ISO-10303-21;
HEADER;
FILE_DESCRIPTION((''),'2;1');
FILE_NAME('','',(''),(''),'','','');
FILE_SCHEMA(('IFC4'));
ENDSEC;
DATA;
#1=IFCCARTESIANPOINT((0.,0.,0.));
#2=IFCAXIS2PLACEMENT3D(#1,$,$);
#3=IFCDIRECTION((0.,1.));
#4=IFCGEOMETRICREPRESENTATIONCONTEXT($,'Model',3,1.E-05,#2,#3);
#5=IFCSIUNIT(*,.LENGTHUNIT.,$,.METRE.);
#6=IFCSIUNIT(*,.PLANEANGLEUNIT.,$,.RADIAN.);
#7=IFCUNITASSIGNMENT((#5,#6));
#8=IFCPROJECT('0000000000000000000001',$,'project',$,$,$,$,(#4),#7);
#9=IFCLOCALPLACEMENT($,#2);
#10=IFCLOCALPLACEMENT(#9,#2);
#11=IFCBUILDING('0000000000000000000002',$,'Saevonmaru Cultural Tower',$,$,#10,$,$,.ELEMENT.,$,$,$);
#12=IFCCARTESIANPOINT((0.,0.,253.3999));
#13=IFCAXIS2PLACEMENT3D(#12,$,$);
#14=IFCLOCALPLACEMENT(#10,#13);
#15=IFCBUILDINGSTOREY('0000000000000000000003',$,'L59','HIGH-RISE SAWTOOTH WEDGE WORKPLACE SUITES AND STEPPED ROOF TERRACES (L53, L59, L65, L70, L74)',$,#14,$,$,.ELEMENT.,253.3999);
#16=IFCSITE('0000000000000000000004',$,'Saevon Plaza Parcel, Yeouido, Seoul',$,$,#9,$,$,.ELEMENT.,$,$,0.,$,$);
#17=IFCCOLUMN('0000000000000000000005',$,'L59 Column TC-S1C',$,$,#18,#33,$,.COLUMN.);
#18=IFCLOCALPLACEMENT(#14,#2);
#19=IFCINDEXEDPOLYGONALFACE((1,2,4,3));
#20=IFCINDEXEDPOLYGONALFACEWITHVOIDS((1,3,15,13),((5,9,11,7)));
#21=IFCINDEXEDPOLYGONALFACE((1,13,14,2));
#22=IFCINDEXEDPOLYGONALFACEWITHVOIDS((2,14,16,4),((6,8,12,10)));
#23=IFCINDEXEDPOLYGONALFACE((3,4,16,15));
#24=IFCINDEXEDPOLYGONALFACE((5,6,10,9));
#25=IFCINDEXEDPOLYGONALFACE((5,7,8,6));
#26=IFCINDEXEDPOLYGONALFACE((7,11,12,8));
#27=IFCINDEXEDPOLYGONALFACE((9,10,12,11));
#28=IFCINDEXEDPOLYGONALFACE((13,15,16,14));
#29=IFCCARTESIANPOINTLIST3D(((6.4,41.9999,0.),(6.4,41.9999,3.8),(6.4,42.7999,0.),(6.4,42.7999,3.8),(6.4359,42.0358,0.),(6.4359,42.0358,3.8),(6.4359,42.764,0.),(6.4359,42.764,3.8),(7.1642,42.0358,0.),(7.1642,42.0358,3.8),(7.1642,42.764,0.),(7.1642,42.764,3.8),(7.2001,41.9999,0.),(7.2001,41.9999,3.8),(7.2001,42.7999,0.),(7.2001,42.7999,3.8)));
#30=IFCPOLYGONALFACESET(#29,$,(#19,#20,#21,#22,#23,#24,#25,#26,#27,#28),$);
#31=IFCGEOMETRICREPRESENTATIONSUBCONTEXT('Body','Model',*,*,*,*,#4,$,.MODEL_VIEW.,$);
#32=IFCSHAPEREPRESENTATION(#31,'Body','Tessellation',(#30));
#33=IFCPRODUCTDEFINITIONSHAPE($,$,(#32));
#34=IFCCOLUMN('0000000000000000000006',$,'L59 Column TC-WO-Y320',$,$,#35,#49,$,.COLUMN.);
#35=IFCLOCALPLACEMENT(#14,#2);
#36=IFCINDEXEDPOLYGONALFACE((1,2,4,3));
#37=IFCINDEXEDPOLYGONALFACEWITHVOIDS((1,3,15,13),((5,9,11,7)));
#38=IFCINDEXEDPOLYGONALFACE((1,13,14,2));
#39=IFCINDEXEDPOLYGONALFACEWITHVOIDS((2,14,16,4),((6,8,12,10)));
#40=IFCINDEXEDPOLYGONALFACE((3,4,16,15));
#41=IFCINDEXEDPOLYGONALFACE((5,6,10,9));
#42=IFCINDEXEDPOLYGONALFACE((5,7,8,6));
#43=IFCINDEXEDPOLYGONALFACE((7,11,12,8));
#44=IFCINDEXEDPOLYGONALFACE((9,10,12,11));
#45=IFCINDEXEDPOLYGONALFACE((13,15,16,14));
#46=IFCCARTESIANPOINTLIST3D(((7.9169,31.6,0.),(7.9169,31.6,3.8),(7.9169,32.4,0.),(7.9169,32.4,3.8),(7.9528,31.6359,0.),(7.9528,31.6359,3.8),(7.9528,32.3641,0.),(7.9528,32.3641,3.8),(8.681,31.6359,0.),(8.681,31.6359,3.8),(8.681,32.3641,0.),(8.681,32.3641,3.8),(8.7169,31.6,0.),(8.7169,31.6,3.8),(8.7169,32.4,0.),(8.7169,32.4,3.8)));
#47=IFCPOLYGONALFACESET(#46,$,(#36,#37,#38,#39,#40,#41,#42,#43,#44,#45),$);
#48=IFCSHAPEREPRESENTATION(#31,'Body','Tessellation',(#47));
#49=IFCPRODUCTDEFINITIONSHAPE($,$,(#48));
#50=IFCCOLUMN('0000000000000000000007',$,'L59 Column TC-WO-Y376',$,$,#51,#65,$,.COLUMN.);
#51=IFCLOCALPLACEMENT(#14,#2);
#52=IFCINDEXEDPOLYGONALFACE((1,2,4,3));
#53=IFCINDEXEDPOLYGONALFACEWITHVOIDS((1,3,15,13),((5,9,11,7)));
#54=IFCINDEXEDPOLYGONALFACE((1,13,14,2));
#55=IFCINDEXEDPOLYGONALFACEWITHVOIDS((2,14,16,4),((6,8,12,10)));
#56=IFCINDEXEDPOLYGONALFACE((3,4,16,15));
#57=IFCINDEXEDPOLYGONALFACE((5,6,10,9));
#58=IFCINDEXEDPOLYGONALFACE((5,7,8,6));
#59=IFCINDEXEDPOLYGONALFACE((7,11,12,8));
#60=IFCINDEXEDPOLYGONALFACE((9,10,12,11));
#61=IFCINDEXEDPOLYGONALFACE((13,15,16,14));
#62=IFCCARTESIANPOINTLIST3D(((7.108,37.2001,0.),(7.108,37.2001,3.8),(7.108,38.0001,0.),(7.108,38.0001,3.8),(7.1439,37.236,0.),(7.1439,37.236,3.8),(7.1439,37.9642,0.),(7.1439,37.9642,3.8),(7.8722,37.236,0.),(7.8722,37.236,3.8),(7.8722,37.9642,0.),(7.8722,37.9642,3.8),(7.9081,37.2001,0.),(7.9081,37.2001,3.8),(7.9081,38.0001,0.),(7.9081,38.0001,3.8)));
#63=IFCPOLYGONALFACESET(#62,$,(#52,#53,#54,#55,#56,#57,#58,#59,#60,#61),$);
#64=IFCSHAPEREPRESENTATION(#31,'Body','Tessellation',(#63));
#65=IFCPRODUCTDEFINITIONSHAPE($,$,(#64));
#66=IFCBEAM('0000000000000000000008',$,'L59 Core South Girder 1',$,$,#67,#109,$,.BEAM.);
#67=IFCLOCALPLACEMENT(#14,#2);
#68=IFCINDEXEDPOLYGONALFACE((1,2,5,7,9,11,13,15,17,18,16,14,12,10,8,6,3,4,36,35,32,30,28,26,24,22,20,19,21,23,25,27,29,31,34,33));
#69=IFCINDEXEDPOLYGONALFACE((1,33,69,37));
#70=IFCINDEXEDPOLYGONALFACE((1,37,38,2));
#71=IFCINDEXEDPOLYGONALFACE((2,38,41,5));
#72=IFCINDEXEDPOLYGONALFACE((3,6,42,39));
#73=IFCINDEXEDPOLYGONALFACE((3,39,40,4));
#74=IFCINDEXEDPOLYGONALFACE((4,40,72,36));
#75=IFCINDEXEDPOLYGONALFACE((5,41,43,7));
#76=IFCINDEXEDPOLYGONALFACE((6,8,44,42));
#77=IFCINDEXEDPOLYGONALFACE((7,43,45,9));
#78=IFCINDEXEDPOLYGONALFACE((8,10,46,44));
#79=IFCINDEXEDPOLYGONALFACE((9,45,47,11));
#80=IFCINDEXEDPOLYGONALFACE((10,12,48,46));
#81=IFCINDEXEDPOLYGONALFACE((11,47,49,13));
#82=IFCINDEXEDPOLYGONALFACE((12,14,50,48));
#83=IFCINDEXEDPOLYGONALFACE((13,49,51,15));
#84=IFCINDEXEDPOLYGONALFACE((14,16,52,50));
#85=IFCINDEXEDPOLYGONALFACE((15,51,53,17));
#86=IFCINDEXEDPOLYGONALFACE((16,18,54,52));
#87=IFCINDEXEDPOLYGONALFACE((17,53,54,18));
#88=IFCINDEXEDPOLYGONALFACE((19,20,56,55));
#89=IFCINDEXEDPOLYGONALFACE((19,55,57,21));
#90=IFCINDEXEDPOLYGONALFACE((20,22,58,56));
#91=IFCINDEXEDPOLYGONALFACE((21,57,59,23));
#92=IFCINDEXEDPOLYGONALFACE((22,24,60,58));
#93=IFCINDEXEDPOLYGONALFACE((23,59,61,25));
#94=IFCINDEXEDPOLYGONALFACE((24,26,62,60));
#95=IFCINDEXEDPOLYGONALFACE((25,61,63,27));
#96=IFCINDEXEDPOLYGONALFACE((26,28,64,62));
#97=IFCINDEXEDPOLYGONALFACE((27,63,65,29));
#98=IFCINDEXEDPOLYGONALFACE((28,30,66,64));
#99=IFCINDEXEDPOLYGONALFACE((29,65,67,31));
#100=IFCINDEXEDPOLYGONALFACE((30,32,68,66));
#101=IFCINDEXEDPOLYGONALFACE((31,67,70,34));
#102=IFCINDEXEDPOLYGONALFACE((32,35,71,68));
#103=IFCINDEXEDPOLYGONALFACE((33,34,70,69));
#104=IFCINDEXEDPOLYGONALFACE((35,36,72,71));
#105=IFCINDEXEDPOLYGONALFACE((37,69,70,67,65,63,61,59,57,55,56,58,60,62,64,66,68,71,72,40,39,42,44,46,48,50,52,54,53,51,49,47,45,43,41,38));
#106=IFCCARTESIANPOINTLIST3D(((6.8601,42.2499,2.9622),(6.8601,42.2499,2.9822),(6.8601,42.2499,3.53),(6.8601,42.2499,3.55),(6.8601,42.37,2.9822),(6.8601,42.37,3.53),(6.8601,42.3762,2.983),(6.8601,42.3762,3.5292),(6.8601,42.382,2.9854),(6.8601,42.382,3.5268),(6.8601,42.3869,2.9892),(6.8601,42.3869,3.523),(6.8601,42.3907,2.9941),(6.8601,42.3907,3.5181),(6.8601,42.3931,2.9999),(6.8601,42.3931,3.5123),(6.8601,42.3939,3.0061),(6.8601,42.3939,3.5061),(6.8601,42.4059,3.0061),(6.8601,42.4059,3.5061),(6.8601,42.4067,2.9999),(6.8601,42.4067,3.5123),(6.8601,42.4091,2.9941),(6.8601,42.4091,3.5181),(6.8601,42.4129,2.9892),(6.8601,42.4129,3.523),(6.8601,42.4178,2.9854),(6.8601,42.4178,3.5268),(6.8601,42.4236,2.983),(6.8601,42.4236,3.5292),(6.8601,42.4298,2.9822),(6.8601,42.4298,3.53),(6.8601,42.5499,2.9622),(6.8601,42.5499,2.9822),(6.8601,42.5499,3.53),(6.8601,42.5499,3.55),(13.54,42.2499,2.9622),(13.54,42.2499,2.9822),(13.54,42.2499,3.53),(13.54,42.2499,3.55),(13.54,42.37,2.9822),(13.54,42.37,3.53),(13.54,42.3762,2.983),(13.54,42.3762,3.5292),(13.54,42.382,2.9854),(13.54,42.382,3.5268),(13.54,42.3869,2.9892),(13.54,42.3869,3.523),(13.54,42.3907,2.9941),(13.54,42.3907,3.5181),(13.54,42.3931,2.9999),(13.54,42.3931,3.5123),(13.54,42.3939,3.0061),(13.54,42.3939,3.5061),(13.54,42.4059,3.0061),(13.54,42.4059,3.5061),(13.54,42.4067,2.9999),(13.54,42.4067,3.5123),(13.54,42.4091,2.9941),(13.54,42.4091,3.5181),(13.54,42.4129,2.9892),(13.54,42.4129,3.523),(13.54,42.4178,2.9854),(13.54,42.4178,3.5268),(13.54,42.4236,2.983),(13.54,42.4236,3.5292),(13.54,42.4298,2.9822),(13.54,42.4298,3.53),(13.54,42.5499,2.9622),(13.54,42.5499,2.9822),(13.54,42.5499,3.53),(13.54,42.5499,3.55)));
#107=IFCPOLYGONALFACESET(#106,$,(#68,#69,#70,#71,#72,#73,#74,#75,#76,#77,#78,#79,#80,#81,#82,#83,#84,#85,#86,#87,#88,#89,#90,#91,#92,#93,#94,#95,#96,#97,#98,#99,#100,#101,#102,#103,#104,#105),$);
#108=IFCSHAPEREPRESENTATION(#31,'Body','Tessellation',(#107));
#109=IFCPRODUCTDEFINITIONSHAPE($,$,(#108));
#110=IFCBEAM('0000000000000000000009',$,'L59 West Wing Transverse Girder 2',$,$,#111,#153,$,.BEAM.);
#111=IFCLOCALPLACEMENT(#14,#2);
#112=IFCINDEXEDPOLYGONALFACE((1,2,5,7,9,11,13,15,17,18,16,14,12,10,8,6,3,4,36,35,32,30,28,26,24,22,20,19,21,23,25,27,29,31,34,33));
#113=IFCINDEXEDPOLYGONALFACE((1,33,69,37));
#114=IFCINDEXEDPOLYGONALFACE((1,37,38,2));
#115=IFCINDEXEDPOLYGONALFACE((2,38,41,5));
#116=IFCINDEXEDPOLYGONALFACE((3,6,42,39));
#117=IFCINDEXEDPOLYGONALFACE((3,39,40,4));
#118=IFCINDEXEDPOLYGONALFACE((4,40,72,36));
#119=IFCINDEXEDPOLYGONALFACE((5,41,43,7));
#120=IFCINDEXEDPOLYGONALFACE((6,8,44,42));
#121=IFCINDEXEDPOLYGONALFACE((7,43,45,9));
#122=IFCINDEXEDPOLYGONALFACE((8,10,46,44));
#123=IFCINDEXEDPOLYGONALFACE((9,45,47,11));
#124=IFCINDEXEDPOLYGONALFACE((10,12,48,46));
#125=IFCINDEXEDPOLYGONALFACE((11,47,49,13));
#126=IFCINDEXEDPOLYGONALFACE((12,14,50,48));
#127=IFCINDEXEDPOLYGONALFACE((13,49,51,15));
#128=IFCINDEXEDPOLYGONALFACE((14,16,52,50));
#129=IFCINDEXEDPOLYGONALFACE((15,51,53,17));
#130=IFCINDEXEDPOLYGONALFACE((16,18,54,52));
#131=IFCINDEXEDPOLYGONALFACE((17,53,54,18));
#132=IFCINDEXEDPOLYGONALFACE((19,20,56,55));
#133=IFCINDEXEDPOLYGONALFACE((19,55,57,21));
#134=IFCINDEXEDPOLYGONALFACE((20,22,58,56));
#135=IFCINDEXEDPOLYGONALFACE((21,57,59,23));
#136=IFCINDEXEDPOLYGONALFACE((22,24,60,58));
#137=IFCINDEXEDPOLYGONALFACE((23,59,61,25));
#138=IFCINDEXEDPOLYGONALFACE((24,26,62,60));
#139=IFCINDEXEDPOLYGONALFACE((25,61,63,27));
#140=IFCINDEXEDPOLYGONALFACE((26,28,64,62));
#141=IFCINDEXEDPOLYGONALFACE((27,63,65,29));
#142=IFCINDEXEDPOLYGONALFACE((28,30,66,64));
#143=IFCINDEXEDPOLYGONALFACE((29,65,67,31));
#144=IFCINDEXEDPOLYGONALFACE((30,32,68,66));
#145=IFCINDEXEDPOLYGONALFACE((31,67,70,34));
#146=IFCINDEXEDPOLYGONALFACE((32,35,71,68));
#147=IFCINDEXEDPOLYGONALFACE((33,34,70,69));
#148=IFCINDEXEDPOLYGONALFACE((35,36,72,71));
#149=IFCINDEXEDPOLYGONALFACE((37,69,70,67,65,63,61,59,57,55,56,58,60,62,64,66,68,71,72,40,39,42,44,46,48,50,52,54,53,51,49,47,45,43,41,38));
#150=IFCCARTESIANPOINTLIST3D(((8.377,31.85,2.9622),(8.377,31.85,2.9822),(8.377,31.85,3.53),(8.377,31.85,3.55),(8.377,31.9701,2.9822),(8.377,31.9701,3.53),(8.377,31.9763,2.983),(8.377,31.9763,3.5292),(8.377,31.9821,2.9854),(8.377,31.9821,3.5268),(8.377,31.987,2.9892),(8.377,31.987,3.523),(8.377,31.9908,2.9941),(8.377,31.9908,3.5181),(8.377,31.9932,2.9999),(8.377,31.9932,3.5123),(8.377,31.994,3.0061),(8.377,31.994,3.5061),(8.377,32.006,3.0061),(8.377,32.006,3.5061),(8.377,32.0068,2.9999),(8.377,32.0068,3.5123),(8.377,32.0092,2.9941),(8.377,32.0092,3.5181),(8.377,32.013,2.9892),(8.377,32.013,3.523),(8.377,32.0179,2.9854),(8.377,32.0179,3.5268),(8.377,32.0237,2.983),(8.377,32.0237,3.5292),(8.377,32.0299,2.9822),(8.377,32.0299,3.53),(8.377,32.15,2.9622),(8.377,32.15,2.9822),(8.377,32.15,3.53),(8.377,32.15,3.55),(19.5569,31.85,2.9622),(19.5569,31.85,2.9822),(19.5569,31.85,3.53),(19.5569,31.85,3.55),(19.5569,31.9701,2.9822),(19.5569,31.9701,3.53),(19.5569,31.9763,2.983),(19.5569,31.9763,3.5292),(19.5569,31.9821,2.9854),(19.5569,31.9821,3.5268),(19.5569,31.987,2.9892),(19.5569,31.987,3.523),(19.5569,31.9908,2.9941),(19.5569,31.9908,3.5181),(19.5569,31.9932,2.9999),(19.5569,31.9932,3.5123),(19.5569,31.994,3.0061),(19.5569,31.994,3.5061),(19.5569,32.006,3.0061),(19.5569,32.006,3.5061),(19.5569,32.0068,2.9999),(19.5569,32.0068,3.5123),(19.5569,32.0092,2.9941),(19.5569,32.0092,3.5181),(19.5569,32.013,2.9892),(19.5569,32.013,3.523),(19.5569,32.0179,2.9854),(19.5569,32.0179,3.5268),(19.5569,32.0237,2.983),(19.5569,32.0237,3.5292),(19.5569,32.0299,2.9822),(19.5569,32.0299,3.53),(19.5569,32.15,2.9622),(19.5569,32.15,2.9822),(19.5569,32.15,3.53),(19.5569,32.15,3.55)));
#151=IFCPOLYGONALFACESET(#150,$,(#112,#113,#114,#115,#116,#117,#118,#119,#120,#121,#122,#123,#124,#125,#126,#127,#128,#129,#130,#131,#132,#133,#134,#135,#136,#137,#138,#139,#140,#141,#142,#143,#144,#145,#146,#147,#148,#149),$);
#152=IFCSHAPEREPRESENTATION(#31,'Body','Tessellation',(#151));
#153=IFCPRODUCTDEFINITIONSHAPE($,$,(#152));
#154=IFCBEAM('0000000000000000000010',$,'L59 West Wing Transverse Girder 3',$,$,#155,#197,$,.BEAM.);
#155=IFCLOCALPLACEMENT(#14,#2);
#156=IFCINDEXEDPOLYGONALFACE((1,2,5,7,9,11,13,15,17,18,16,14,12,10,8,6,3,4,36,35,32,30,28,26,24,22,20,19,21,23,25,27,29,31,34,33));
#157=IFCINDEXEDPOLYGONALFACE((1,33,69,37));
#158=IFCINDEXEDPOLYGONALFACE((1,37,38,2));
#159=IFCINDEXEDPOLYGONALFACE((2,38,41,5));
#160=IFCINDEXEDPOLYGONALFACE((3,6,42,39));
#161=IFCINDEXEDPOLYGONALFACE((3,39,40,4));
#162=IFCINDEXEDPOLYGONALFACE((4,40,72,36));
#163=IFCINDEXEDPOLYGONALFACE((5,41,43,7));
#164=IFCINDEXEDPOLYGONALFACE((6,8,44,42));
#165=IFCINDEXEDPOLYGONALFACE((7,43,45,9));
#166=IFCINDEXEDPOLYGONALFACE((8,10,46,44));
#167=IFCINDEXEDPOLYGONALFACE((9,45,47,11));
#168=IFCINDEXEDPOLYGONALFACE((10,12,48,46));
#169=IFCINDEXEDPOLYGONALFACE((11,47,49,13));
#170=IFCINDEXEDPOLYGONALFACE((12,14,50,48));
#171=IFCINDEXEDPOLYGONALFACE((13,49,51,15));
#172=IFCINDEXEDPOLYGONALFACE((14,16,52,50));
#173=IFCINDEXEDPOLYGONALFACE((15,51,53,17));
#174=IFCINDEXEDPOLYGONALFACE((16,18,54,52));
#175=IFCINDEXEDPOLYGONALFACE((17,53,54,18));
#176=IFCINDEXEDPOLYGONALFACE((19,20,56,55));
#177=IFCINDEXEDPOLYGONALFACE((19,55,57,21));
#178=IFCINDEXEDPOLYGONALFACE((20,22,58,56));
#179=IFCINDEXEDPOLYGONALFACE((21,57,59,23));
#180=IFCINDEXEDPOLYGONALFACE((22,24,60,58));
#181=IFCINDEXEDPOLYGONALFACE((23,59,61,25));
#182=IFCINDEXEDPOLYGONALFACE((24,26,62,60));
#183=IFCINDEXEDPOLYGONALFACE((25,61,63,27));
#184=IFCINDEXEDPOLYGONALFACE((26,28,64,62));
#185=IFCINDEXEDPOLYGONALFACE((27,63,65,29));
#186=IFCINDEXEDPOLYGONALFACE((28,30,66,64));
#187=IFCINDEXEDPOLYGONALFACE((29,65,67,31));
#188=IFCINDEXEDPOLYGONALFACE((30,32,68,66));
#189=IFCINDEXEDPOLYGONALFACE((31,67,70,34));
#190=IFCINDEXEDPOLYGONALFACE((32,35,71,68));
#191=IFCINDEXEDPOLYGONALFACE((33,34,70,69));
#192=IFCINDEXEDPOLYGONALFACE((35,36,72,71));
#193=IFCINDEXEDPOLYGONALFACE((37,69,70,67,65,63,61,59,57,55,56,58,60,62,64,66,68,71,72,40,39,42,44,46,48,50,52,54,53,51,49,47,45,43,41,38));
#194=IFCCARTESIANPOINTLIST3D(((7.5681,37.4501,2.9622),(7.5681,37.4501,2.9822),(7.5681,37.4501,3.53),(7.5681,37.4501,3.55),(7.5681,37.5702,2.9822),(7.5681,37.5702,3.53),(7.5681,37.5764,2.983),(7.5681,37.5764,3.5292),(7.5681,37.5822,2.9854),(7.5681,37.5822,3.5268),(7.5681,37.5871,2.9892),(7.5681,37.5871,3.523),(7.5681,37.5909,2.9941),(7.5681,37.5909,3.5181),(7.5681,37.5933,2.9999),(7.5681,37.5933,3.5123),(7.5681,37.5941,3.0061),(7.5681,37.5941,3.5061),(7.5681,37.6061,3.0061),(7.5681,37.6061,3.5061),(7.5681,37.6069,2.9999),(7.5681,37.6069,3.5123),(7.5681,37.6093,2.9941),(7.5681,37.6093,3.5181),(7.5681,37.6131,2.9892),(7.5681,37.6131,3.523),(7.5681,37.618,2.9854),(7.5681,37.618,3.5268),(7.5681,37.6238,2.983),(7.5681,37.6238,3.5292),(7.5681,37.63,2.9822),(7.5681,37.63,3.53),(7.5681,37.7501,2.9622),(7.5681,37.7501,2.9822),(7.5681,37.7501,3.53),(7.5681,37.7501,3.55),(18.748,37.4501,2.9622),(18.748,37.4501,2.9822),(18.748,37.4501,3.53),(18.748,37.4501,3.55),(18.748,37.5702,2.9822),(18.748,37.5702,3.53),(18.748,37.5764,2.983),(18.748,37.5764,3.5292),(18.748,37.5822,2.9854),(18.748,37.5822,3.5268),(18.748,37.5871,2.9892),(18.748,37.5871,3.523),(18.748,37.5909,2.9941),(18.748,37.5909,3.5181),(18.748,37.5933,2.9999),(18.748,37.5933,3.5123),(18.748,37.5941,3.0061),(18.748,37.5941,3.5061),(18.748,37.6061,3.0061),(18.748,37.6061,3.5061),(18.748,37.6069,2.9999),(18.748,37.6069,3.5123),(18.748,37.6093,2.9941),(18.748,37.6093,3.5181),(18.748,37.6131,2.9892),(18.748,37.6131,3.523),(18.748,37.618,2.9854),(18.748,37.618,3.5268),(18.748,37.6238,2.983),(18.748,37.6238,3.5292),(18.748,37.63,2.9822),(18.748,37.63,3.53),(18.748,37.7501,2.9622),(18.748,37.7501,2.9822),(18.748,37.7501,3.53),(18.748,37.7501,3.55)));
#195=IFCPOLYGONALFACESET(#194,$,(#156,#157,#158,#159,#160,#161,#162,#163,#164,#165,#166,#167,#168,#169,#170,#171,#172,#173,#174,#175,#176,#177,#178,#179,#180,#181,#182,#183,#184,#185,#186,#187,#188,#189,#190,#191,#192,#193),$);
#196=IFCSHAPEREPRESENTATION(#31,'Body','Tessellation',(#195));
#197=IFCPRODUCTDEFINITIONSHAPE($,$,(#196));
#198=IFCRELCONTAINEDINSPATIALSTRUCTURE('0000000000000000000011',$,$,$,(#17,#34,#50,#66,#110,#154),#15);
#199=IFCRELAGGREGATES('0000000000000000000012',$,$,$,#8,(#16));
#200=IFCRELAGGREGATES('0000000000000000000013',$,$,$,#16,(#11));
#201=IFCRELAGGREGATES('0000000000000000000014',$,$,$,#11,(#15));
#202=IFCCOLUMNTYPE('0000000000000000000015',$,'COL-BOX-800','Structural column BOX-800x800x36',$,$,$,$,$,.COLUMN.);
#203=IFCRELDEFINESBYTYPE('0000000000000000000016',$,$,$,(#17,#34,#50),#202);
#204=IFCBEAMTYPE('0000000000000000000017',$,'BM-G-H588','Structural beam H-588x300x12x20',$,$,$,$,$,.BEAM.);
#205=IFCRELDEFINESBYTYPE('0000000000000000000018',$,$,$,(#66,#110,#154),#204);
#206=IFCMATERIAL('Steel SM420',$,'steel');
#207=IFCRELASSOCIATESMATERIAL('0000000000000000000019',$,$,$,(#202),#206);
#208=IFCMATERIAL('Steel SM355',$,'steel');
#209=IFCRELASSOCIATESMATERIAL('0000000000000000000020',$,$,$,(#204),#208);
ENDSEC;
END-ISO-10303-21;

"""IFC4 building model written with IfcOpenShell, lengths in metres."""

from ifc_helpers import new_model, si_unit, direction, frame, origin, origin_2d, place, context, subcontext, project, spatial, hollow_rectangle, i_section, extrude, material, material_profile, profile_set, type_object, element, save


model = new_model("IFC4")

# Units and contexts
model_context = context("Model", 3, precision=1e-05, world=origin(), true_north=direction((0.0, 1.0)))
body_context = subcontext(model_context, "Body", "Model", "MODEL_VIEW")
ifc_project = project(units=[si_unit("LENGTHUNIT", "METRE"), si_unit("PLANEANGLEUNIT", "RADIAN")], contexts=[model_context])

# Site, building, storey
site_placement = place(None, origin())
site = spatial("IfcSite", under=ifc_project, at=site_placement, Name="Saevon Plaza Parcel, Yeouido, Seoul", CompositionType="ELEMENT", RefElevation=0.0)
building_placement = place(site_placement, origin())
building = spatial("IfcBuilding", under=site, at=building_placement, Name="Saevonmaru Cultural Tower", CompositionType="ELEMENT")
storey_placement = place(building_placement, frame((0.0, 0.0, 253.3999)))
storey = spatial("IfcBuildingStorey", under=building, at=storey_placement, Name="L59", Description="HIGH-RISE SAWTOOTH WEDGE WORKPLACE SUITES AND STEPPED ROOF TERRACES (L53, L59, L65, L70, L74)", CompositionType="ELEMENT", Elevation=253.3999)

# Columns
ifc_material_1 = material(Name="Steel SM420", Category="steel")
ifc_material_profile_1 = material_profile(ifc_material_1, hollow_rectangle(XDim=0.8, YDim=0.8, WallThickness=0.0359, at=origin_2d()), Name="BOX-800x800x36")
ifc_profile_set_1 = profile_set([ifc_material_profile_1], Name="Steel SM420")
column_type = type_object("IfcColumnType", Name="COL-BOX-800", Description="Structural column BOX-800x800x36", PredefinedType="COLUMN", material=ifc_profile_set_1)
for number, where, z_axis, x_axis, name in (
    (1, (6.8, 42.3999, 0.0), (0.0, 0.0, 1.0), (1.0, 0.0, 0.0), "L59 Column TC-S1C"),
    (2, (8.3169, 32.0, 0.0), (0.0, 0.0, 1.0), (1.0, 0.0, 0.0), "L59 Column TC-WO-Y320"),
    (3, (7.5081, 37.6001, 0.0), (0.0, 0.0, 1.0), (1.0, 0.0, 0.0), "L59 Column TC-WO-Y376"),
):
    element("IfcColumn", number, at=place(storey_placement, frame(where, z_axis=z_axis, x_axis=x_axis)), inside=storey, type_object=column_type, Name=name, PredefinedType="COLUMN", context=body_context, shape_type="SweptSolid", body=[
        extrude(hollow_rectangle(XDim=0.8, YDim=0.8, WallThickness=0.0359, at=origin_2d()), origin(), (0.0, 0.0, 1.0), 3.8),
    ])

# Beams
ifc_material_2 = material(Name="Steel SM355", Category="steel")
ifc_material_profile_2 = material_profile(ifc_material_2, i_section(OverallWidth=0.3, OverallDepth=0.5879, WebThickness=0.012, FlangeThickness=0.02, FilletRadius=0.0239, at=origin_2d()), Name="H-588x300x12x20")
ifc_profile_set_2 = profile_set([ifc_material_profile_2], Name="Steel SM355")
beam_type_1 = type_object("IfcBeamType", Name="BM-G-H588", Description="Structural beam H-588x300x12x20", PredefinedType="BEAM", material=ifc_profile_set_2)
beam_1_placement = place(storey_placement, frame((6.8601, 42.3999, 3.2561), z_axis=(1.0, 0.0, 0.0), x_axis=(0.0, 1.0, 0.0)))
element("IfcBeam", 4, at=beam_1_placement, inside=storey, type_object=beam_type_1, Name="L59 Core South Girder 1", PredefinedType="BEAM", context=body_context, shape_type="SweptSolid", body=[
    extrude(i_section(OverallWidth=0.3, OverallDepth=0.5879, WebThickness=0.012, FlangeThickness=0.02, FilletRadius=0.0239, at=origin_2d()), origin(), (0.0, 0.0, 1.0), 6.6799),
])
for number, where, z_axis, x_axis, name in (
    (5, (8.377, 32.0, 3.2561), (1.0, 0.0, 0.0), (0.0, 1.0, 0.0), "L59 West Wing Transverse Girder 2"),
    (6, (7.5681, 37.6001, 3.2561), (1.0, 0.0, 0.0), (0.0, 1.0, 0.0), "L59 West Wing Transverse Girder 3"),
):
    element("IfcBeam", number, at=place(storey_placement, frame(where, z_axis=z_axis, x_axis=x_axis)), inside=storey, type_object=beam_type_1, Name=name, PredefinedType="BEAM", context=body_context, shape_type="SweptSolid", body=[
        extrude(i_section(OverallWidth=0.3, OverallDepth=0.5879, WebThickness=0.012, FlangeThickness=0.02, FilletRadius=0.0239, at=origin_2d()), origin(), (0.0, 0.0, 1.0), 11.1799),
    ])

save(model, "model.ifc")
